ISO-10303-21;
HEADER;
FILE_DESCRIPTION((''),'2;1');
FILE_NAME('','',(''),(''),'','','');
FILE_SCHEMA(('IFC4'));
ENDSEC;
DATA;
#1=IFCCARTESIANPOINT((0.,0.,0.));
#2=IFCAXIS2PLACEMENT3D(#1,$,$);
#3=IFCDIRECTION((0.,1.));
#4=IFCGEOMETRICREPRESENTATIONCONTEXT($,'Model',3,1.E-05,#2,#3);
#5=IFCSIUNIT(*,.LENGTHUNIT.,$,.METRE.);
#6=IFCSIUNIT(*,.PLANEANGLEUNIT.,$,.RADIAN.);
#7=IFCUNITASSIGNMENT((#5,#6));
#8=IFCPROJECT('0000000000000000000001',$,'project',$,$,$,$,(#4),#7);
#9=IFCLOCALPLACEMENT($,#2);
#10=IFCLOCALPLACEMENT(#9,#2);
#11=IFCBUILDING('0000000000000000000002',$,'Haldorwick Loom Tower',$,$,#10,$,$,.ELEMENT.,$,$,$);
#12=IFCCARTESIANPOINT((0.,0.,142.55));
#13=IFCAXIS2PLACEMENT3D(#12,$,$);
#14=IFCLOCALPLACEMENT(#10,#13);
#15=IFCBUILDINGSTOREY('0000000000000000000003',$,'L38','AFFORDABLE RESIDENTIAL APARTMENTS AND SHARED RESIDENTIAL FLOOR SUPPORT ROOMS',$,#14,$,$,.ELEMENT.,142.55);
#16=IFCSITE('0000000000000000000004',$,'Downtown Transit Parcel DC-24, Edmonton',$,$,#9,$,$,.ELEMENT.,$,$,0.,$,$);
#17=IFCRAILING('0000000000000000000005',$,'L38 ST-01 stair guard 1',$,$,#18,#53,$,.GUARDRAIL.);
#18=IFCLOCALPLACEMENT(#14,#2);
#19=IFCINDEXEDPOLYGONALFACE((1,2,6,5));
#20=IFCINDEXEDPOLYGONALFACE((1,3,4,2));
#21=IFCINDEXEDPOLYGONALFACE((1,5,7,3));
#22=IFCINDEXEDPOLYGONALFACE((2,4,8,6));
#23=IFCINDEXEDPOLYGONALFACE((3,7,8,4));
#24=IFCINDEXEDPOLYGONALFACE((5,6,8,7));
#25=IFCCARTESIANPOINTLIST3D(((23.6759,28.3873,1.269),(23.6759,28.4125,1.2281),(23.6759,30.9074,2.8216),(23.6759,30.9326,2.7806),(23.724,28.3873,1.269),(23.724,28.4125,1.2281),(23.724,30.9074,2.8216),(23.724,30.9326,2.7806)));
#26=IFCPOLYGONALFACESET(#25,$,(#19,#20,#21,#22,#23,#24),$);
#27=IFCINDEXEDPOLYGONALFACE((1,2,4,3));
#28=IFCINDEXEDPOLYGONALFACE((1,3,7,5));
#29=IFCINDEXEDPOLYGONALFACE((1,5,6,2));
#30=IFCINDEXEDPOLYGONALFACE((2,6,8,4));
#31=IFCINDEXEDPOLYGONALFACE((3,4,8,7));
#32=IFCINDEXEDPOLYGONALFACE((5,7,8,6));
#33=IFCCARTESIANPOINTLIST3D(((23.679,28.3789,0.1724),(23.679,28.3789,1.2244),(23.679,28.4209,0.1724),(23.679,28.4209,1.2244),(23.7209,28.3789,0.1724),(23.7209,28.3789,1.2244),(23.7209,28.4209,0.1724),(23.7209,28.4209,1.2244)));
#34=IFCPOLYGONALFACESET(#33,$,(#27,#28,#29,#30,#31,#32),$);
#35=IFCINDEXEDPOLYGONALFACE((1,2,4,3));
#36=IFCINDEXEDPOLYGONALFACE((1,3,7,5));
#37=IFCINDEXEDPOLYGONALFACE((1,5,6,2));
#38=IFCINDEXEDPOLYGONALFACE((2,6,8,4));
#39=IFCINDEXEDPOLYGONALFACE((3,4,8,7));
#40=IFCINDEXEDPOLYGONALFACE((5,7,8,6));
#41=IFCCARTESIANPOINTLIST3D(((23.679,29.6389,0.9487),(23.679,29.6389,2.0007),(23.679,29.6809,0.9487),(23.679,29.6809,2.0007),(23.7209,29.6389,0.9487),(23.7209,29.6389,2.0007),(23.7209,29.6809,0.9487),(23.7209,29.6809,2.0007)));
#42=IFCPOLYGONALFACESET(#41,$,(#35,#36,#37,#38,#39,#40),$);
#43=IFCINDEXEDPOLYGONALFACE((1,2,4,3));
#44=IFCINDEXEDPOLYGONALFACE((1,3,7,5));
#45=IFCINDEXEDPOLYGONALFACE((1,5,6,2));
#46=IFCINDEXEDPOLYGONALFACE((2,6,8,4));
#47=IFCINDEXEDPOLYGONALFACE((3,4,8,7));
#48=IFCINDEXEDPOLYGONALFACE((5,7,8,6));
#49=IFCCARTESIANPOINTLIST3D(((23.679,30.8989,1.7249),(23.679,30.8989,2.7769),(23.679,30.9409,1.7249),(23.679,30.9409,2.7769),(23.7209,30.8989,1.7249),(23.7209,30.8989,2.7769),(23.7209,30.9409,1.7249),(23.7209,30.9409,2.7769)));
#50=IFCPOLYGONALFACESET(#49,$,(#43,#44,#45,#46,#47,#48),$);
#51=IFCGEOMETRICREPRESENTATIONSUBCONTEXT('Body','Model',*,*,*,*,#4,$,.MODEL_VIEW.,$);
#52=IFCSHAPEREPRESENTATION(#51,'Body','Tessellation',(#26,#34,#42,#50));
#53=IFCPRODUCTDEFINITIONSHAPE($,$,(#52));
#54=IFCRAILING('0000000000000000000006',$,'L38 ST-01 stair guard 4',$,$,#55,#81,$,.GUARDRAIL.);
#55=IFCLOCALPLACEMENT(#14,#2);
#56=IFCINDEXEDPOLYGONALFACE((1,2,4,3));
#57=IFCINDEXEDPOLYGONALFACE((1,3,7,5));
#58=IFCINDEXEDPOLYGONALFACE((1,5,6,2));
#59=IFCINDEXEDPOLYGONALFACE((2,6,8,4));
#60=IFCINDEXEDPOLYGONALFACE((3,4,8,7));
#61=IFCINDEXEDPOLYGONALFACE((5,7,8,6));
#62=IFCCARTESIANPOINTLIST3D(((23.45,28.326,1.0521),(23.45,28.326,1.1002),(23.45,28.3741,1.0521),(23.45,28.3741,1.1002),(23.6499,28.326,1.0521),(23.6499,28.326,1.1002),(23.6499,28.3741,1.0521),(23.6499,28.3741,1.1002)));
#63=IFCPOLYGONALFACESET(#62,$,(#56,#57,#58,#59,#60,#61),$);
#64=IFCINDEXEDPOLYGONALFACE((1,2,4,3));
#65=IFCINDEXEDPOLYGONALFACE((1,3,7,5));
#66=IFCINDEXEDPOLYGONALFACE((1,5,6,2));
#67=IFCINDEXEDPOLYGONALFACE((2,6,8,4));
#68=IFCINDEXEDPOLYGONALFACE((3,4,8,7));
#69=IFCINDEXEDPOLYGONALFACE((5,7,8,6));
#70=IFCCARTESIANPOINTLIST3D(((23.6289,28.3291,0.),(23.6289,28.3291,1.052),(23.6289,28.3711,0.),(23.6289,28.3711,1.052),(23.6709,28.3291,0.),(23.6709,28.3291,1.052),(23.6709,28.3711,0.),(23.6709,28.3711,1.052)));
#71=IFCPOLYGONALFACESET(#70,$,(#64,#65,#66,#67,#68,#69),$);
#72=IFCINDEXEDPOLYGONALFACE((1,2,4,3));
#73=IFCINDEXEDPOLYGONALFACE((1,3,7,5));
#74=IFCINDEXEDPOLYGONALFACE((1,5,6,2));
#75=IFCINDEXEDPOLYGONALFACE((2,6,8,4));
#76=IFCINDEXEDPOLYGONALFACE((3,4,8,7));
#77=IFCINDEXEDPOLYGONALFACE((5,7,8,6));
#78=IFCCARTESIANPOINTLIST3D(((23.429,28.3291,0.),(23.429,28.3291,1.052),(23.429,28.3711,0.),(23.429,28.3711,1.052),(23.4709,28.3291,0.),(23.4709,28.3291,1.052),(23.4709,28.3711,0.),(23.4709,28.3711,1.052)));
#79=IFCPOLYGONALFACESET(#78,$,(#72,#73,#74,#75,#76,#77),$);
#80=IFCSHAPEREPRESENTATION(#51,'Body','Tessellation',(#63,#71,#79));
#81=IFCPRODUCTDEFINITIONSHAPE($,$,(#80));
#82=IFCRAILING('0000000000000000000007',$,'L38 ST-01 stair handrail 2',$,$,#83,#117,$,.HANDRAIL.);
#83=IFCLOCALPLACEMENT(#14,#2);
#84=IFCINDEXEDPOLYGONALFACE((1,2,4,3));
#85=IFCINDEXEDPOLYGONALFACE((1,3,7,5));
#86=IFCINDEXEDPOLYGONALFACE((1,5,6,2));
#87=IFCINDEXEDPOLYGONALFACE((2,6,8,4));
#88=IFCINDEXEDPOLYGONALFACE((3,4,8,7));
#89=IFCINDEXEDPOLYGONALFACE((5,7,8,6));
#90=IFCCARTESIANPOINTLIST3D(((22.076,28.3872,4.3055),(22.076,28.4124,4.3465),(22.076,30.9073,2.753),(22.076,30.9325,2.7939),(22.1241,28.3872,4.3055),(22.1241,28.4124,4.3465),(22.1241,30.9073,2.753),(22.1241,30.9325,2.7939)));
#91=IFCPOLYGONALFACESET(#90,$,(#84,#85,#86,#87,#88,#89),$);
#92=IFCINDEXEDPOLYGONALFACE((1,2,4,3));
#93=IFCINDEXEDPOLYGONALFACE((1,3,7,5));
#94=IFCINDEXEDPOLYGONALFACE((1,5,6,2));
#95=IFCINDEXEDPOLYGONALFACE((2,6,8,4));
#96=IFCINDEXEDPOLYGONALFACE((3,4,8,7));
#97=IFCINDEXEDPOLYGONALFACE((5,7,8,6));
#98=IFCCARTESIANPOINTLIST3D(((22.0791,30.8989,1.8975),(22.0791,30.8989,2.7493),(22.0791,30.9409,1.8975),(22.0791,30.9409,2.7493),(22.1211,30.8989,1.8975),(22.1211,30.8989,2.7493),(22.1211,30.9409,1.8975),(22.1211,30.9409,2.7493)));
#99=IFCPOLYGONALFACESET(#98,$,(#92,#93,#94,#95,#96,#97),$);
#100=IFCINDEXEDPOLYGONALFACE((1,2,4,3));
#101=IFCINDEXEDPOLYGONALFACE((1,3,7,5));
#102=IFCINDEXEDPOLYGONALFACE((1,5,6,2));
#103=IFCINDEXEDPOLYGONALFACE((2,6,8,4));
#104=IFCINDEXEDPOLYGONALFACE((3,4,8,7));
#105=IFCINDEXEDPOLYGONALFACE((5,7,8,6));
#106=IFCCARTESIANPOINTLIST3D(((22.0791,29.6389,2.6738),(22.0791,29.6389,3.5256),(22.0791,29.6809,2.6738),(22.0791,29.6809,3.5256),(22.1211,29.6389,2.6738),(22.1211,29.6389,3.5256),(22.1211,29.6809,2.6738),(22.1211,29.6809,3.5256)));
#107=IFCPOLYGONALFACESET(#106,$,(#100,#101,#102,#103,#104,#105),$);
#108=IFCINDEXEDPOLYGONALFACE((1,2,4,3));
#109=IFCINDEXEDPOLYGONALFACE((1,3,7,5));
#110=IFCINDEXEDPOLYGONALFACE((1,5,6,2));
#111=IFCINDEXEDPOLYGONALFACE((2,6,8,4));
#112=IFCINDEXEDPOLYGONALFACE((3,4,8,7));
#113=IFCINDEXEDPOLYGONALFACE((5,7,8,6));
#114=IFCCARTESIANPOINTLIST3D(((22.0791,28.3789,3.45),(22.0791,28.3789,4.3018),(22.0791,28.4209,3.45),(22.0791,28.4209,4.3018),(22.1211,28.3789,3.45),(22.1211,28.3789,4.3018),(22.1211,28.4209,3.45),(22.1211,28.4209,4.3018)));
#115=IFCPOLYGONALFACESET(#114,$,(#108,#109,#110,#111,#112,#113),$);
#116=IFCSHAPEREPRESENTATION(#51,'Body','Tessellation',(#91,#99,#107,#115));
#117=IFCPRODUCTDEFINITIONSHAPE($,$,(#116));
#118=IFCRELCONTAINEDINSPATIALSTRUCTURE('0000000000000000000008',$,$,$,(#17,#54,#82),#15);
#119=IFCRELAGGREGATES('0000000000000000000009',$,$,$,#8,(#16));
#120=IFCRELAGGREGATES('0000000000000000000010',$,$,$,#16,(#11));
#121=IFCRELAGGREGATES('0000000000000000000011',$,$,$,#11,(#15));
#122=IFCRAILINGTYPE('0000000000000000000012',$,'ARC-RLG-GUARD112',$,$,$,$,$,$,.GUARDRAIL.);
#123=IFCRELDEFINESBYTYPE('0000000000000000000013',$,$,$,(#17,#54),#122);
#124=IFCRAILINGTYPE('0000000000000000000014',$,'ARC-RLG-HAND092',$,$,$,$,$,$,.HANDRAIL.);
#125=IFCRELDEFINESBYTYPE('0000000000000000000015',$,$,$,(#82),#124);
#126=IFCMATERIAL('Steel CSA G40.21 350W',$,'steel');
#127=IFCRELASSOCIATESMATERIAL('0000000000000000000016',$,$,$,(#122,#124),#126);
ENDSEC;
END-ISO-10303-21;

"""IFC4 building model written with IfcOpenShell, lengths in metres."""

from ifc_helpers import new_model, si_unit, direction, frame, origin, origin_2d, place, context, subcontext, project, spatial, rectangle, extrude, material, type_object, element, save


model = new_model("IFC4")

# Units and contexts
model_context = context("Model", 3, precision=1e-05, world=origin(), true_north=direction((0.0, 1.0)))
body_context = subcontext(model_context, "Body", "Model", "MODEL_VIEW")
ifc_project = project(units=[si_unit("LENGTHUNIT", "METRE"), si_unit("PLANEANGLEUNIT", "RADIAN")], contexts=[model_context])

# Site, building, storey
site_placement = place(None, origin())
site = spatial("IfcSite", under=ifc_project, at=site_placement, Name="Downtown Transit Parcel DC-24, Edmonton", CompositionType="ELEMENT", RefElevation=0.0)
building_placement = place(site_placement, origin())
building = spatial("IfcBuilding", under=site, at=building_placement, Name="Haldorwick Loom Tower", CompositionType="ELEMENT")
storey_placement = place(building_placement, frame((0.0, 0.0, 142.55)))
storey = spatial("IfcBuildingStorey", under=building, at=storey_placement, Name="L38", Description="AFFORDABLE RESIDENTIAL APARTMENTS AND SHARED RESIDENTIAL FLOOR SUPPORT ROOMS", CompositionType="ELEMENT", Elevation=142.55)

# Shared definitions
ifc_material_1 = material(Name="Steel CSA G40.21 350W", Category="steel")

# Railings
railing_type_1 = type_object("IfcRailingType", Name="ARC-RLG-GUARD112", PredefinedType="GUARDRAIL", material=ifc_material_1)
railing_1_placement = place(storey_placement, frame((23.7, 28.3999, 0.1724)))
element("IfcRailing", 1, at=railing_1_placement, inside=storey, type_object=railing_type_1, Name="L38 ST-01 stair guard 1", PredefinedType="GUARDRAIL", context=body_context, shape_type="SweptSolid", body=[
    extrude(rectangle(XDim=0.0481, YDim=0.0481, at=origin_2d()), frame((0.0, 0.0, 1.0762), z_axis=(0.0, 0.8514, 0.524516), x_axis=(-1.0, 0.0, 0.0)), (0.0, 0.0, 1.0), 2.96),
    extrude(rectangle(XDim=0.042, YDim=0.042, at=origin_2d()), origin(), (0.0, 0.0, 1.0), 1.052),
    extrude(rectangle(XDim=0.042, YDim=0.042, at=origin_2d()), frame((0.0, 1.26, 0.7764)), (0.0, 0.0, 1.0), 1.052),
    extrude(rectangle(XDim=0.042, YDim=0.042, at=origin_2d()), frame((0.0, 2.52, 1.5525)), (0.0, 0.0, 1.0), 1.052),
])
railing_2_placement = place(storey_placement, frame((23.6499, 28.3501, 0.0)))
element("IfcRailing", 2, at=railing_2_placement, inside=storey, type_object=railing_type_1, Name="L38 ST-01 stair guard 4", PredefinedType="GUARDRAIL", context=body_context, shape_type="SweptSolid", body=[
    extrude(rectangle(XDim=0.0481, YDim=0.0481, at=origin_2d()), frame((0.0, 0.0, 1.0762), z_axis=(-1.0, 0.0, 0.0), x_axis=(0.0, -1.0, 0.0)), (0.0, 0.0, 1.0), 0.2),
    extrude(rectangle(XDim=0.042, YDim=0.042, at=origin_2d()), origin(), (0.0, 0.0, 1.0), 1.052),
    extrude(rectangle(XDim=0.042, YDim=0.042, at=origin_2d()), frame((-0.2, 0.0, 0.0)), (0.0, 0.0, 1.0), 1.052),
])
railing_type_2 = type_object("IfcRailingType", Name="ARC-RLG-HAND092", PredefinedType="HANDRAIL", material=ifc_material_1)
railing_3_placement = place(storey_placement, frame((22.1001, 30.9199, 1.8975)))
element("IfcRailing", 3, at=railing_3_placement, inside=storey, type_object=railing_type_2, Name="L38 ST-01 stair handrail 2", PredefinedType="HANDRAIL", context=body_context, shape_type="SweptSolid", body=[
    extrude(rectangle(XDim=0.0481, YDim=0.0481, at=origin_2d()), frame((0.0, 0.0, 0.876), z_axis=(0.0, -0.8514, 0.524516), x_axis=(1.0, 0.0, 0.0)), (0.0, 0.0, 1.0), 2.96),
    extrude(rectangle(XDim=0.042, YDim=0.042, at=origin_2d()), origin(), (0.0, 0.0, 1.0), 0.8518),
    extrude(rectangle(XDim=0.042, YDim=0.042, at=origin_2d()), frame((0.0, -1.26, 0.7764)), (0.0, 0.0, 1.0), 0.8518),
    extrude(rectangle(XDim=0.042, YDim=0.042, at=origin_2d()), frame((0.0, -2.52, 1.5525)), (0.0, 0.0, 1.0), 0.8518),
])

save(model, "model.ifc")
